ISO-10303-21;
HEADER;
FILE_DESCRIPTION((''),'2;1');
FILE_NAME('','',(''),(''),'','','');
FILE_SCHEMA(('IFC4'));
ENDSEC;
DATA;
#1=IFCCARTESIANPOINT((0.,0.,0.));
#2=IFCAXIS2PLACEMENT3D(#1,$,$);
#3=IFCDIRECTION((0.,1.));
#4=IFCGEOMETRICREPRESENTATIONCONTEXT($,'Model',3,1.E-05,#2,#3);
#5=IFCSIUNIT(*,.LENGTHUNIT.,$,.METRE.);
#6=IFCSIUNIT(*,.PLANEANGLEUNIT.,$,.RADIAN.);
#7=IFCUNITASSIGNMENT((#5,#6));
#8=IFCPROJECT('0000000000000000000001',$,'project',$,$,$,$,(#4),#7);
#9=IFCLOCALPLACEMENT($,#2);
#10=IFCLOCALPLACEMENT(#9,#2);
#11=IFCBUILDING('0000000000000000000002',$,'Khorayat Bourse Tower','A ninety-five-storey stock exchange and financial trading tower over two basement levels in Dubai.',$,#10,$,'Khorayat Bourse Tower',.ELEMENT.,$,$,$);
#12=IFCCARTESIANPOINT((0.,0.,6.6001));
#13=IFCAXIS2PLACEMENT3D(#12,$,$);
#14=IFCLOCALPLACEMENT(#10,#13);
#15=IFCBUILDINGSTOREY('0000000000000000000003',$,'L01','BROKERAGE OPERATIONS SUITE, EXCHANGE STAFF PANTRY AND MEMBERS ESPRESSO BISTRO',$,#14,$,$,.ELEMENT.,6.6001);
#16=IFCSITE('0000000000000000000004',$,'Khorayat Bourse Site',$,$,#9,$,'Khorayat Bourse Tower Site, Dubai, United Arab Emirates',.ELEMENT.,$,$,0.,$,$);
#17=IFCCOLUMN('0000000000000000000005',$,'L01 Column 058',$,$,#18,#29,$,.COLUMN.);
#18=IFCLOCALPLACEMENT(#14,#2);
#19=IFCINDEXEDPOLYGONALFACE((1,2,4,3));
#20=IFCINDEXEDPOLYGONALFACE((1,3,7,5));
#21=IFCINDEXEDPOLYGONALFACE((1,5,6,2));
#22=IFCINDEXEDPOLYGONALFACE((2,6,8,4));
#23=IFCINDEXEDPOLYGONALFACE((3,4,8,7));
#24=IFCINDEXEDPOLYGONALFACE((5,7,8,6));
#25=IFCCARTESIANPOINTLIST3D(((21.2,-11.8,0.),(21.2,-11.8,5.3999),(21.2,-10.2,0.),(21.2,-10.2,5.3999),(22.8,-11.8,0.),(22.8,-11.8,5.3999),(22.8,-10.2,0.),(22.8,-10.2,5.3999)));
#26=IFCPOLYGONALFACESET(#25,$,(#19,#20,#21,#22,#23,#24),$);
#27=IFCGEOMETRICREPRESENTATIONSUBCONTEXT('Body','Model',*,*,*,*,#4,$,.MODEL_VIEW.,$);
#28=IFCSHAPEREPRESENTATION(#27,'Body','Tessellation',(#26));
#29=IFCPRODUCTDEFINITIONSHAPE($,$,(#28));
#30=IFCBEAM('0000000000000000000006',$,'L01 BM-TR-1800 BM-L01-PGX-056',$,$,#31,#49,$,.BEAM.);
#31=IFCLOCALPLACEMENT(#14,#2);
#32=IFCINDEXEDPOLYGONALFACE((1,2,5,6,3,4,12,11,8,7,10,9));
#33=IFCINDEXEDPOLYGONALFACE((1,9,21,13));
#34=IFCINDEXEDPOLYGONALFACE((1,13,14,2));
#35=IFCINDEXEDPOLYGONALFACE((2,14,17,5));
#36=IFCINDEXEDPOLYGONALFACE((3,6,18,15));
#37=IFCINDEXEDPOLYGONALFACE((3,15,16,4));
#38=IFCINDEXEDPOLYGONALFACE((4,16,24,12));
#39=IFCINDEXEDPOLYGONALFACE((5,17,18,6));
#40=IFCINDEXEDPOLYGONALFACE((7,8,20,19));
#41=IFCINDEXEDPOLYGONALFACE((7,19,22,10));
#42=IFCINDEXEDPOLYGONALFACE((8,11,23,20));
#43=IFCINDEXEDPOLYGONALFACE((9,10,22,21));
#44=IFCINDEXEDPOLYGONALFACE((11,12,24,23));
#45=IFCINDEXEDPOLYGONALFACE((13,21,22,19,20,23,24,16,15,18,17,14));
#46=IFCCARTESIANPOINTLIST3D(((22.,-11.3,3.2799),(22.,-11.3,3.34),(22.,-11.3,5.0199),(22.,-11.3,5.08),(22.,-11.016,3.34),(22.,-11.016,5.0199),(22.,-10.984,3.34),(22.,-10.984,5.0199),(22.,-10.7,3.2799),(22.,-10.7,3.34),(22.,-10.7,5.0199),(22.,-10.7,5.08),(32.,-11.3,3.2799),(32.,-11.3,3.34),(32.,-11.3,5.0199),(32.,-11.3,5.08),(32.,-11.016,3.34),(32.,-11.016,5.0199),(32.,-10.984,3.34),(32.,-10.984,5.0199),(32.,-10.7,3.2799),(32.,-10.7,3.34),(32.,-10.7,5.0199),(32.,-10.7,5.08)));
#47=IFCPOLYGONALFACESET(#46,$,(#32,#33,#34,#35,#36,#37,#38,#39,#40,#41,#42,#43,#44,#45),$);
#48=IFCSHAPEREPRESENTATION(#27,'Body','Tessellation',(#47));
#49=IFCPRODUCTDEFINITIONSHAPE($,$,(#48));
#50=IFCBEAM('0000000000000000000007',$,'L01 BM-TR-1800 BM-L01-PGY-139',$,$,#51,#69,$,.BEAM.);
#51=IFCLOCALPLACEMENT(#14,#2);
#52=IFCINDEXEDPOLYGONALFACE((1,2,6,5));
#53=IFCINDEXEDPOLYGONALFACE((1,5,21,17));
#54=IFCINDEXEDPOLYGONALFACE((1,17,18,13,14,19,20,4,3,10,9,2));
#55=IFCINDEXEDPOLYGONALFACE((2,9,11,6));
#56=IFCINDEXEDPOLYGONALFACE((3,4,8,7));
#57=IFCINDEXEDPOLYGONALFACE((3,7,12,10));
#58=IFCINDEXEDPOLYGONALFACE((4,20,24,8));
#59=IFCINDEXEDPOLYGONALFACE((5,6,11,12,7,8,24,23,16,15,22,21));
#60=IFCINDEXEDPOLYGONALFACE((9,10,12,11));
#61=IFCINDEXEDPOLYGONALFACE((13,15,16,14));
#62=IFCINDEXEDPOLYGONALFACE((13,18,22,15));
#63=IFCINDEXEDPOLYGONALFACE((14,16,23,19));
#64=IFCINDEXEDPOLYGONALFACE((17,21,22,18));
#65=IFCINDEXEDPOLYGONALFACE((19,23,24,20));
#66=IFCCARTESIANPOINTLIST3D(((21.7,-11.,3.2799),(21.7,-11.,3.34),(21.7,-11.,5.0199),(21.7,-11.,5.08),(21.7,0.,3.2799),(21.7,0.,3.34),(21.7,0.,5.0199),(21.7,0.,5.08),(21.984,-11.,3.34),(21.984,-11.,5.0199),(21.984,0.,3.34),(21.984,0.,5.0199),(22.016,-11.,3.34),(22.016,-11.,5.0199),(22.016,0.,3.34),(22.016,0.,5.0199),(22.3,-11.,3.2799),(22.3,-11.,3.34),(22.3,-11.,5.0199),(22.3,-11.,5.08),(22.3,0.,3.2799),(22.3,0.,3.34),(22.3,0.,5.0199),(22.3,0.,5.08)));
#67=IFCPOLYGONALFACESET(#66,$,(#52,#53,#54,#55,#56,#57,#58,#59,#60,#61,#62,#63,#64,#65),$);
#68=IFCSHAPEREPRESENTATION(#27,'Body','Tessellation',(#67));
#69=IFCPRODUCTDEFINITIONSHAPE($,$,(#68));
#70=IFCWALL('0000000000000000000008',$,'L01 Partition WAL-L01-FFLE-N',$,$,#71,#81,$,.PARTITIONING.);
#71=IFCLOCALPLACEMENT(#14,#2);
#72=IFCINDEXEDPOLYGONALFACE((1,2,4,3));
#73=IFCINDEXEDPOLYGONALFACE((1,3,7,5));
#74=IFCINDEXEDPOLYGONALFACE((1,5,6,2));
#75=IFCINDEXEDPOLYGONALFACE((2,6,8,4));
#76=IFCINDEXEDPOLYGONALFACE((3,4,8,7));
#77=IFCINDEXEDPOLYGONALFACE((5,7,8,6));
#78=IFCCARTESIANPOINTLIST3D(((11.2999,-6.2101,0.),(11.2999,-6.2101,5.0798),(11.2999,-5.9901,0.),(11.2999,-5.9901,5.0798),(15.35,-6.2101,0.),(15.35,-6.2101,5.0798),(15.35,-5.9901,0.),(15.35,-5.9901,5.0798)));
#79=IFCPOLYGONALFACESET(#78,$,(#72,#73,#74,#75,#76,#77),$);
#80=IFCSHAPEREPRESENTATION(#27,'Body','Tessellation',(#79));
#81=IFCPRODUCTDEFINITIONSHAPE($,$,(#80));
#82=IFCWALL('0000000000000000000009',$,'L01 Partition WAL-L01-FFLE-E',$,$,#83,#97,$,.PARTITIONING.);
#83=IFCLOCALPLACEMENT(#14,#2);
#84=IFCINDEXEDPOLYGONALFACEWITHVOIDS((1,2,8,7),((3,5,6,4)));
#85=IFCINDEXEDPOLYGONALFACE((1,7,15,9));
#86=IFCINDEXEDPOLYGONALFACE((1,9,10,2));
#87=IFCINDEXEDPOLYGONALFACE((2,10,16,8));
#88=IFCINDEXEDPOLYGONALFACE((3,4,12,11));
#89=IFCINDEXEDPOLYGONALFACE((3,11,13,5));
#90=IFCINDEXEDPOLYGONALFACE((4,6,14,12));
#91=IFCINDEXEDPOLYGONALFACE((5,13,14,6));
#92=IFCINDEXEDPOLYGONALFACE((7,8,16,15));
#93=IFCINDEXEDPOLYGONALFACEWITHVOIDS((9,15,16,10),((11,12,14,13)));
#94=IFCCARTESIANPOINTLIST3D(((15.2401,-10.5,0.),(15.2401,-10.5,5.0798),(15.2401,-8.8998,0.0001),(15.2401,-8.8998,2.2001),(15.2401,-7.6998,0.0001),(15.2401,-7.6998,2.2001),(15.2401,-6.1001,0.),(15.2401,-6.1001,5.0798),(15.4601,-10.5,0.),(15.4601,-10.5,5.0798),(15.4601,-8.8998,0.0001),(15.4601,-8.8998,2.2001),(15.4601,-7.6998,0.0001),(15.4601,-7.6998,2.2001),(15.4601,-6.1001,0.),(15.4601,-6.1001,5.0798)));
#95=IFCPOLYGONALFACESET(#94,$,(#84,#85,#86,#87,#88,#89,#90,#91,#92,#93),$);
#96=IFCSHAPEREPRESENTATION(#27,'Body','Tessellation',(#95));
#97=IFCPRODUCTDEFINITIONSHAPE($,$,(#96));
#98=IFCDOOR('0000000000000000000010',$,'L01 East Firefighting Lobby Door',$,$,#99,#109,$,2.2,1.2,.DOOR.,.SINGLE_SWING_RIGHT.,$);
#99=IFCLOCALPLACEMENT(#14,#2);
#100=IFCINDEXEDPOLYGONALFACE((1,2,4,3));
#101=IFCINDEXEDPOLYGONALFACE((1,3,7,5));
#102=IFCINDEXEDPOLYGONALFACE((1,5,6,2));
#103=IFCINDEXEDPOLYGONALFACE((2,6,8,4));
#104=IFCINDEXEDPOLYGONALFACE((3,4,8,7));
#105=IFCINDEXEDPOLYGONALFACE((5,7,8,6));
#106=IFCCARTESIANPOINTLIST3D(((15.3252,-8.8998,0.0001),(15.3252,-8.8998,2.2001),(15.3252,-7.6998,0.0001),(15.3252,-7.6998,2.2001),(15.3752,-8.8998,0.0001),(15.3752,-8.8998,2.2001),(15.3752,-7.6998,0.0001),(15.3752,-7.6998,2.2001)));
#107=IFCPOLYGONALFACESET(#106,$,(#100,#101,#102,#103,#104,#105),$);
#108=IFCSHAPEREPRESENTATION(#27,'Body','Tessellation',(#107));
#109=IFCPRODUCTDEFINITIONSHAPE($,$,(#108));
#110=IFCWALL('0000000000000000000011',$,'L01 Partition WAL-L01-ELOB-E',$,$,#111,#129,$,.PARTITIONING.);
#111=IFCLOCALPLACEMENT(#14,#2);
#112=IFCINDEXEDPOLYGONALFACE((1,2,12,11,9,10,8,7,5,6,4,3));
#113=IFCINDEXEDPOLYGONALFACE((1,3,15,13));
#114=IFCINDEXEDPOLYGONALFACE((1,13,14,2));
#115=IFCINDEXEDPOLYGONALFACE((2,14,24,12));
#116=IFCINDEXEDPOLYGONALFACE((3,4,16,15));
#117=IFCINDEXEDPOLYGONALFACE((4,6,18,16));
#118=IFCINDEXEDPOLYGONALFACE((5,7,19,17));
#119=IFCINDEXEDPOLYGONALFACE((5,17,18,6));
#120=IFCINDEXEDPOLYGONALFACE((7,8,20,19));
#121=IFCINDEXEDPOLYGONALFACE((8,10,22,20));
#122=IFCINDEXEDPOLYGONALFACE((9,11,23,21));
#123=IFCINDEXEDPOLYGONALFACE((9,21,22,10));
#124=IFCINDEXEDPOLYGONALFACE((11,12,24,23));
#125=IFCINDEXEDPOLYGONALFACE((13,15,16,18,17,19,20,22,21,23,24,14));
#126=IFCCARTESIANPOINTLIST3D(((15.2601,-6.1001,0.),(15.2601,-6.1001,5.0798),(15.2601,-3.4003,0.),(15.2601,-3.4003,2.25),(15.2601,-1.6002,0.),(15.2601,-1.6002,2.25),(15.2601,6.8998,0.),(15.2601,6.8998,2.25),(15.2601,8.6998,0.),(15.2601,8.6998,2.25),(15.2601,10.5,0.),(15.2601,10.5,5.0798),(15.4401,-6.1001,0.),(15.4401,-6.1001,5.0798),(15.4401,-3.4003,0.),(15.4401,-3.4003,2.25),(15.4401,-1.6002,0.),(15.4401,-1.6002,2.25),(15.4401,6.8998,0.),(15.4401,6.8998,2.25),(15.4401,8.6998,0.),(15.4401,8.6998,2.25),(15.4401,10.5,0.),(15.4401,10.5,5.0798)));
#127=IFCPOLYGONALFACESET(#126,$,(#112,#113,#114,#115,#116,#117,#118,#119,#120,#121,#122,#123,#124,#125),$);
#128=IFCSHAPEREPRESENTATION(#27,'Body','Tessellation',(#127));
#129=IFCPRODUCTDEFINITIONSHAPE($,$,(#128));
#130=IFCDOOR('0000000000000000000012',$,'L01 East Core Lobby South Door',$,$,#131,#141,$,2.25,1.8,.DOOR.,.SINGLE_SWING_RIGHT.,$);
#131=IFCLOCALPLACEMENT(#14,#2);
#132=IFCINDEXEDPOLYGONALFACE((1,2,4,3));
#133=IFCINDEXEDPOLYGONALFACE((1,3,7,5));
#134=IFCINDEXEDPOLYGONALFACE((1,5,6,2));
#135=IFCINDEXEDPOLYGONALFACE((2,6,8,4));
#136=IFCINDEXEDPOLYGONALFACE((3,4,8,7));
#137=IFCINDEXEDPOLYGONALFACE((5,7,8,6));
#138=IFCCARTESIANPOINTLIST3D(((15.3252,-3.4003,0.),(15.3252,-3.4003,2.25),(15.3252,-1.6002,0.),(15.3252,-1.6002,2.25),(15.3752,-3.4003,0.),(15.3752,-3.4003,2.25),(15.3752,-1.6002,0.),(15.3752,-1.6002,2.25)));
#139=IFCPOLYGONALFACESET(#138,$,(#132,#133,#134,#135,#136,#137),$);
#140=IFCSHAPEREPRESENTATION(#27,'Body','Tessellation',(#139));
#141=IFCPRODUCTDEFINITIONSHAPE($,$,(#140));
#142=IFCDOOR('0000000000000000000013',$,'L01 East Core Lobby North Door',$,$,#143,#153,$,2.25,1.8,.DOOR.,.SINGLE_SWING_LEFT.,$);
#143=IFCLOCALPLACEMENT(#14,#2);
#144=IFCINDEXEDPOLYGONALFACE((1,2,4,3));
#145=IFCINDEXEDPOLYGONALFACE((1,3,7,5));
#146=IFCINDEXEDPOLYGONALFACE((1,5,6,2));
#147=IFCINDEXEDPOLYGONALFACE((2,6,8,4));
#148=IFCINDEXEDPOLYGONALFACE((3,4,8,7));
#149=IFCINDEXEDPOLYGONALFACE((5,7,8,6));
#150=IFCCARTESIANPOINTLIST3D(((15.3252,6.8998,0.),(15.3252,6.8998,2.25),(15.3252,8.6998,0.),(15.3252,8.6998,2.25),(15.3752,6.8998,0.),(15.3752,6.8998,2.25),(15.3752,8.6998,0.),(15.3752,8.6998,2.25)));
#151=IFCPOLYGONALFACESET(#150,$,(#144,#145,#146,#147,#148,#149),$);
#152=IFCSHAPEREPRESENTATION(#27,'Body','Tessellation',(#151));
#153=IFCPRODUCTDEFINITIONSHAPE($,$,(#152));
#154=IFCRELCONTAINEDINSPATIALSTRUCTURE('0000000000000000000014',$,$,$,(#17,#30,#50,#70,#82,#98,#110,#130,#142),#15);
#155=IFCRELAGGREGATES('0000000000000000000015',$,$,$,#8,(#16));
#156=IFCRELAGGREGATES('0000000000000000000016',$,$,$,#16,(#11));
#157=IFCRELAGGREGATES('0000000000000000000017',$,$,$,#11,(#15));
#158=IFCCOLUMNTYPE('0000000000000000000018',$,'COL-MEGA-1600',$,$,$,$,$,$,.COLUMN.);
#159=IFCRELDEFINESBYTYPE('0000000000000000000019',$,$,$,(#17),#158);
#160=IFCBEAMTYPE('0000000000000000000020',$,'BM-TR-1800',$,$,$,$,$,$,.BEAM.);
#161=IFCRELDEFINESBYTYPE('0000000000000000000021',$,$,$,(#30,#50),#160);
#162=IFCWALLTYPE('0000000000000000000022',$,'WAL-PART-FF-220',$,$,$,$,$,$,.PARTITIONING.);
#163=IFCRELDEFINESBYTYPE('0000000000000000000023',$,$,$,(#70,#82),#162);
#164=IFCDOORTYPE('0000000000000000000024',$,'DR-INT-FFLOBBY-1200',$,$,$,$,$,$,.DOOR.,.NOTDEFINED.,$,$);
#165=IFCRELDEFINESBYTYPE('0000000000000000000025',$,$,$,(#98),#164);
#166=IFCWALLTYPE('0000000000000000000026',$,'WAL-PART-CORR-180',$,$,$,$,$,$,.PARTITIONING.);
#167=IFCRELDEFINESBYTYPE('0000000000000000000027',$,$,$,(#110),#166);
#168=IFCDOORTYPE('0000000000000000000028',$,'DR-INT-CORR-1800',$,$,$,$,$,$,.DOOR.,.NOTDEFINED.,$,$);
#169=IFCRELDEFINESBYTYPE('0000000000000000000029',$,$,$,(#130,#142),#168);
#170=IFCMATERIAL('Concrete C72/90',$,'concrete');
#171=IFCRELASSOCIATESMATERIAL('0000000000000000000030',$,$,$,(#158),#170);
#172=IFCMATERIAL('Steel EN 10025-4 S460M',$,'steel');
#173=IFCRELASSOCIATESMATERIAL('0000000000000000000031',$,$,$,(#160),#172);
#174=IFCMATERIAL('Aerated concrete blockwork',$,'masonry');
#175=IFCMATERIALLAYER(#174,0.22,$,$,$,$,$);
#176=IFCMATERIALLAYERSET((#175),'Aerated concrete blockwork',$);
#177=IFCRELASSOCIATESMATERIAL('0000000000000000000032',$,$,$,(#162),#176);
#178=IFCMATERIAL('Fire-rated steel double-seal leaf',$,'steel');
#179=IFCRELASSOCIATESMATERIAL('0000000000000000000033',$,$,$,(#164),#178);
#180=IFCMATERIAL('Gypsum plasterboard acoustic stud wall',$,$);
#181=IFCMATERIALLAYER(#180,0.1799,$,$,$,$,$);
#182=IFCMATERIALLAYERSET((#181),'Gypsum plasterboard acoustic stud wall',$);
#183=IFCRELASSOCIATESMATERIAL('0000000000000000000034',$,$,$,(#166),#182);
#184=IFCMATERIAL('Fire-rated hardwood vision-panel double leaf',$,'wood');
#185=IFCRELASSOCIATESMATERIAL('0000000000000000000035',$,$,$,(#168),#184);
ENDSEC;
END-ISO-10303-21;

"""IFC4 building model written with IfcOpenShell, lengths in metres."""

from ifc_helpers import new_model, si_unit, direction, frame, frame_2d, origin, origin_2d, place, context, subcontext, project, spatial, rectangle, i_section, extrude, source, transform, mapped, material, layer, layer_set, material_profile, profile_set, type_object, element, fill, save


model = new_model("IFC4")

# Units and contexts
model_context = context("Model", 3, precision=1e-05, world=origin(), true_north=direction((0.0, 1.0)))
body_context = subcontext(model_context, "Body", "Model", "MODEL_VIEW")
ifc_project = project(units=[si_unit("LENGTHUNIT", "METRE"), si_unit("PLANEANGLEUNIT", "RADIAN")], contexts=[model_context])

# Site, building, storey
site_placement = place(None, origin())
site = spatial("IfcSite", under=ifc_project, at=site_placement, Name="Khorayat Bourse Site", LongName="Khorayat Bourse Tower Site, Dubai, United Arab Emirates", CompositionType="ELEMENT", RefElevation=0.0)
building_placement = place(site_placement, origin())
building = spatial("IfcBuilding", under=site, at=building_placement, Name="Khorayat Bourse Tower", Description="A ninety-five-storey stock exchange and financial trading tower over two basement levels in Dubai.", LongName="Khorayat Bourse Tower", CompositionType="ELEMENT")
storey_placement = place(building_placement, frame((0.0, 0.0, 6.6001)))
storey = spatial("IfcBuildingStorey", under=building, at=storey_placement, Name="L01", Description="BROKERAGE OPERATIONS SUITE, EXCHANGE STAFF PANTRY AND MEMBERS ESPRESSO BISTRO", CompositionType="ELEMENT", Elevation=6.6001)

# Column
ifc_material_1 = material(Name="Concrete C72/90", Category="concrete")
ifc_material_profile_1 = material_profile(ifc_material_1, rectangle(XDim=1.6001, YDim=1.6001, at=origin_2d()), Name="RC 1600x1600")
ifc_profile_set_1 = profile_set([ifc_material_profile_1], Name="Concrete C72/90")
column_type = type_object("IfcColumnType", Name="COL-MEGA-1600", PredefinedType="COLUMN", material=ifc_profile_set_1)
shared_shape_1 = source(origin(), body_context, "Body", "SweptSolid", [
    extrude(rectangle(XDim=1.6001, YDim=1.6001, at=origin_2d()), origin(), (0.0, 0.0, 1.0), 5.3999),
])
column_placement = place(storey_placement, frame((22.0, -11.0, 0.0), z_axis=(0.0, 0.0, 1.0), x_axis=(1.0, 0.0, 0.0)))
element("IfcColumn", 1, at=column_placement, inside=storey, type_object=column_type, Name="L01 Column 058", PredefinedType="COLUMN", context=body_context, shape_type="MappedRepresentation", body=[
    mapped(shared_shape_1, transform((0.0, 0.0, 0.0), scale=1.0)),
])

# Beams
ifc_material_2 = material(Name="Steel EN 10025-4 S460M", Category="steel")
ifc_material_profile_2 = material_profile(ifc_material_2, i_section(OverallWidth=0.6001, OverallDepth=1.8, WebThickness=0.032, FlangeThickness=0.0601, at=origin_2d()), Name="PG 1800x600x32x60")
ifc_profile_set_2 = profile_set([ifc_material_profile_2], Name="Steel EN 10025-4 S460M")
beam_type = type_object("IfcBeamType", Name="BM-TR-1800", PredefinedType="BEAM", material=ifc_profile_set_2)
shared_shape_2 = source(origin(), body_context, "Body", "SweptSolid", [
    extrude(i_section(OverallWidth=0.6001, OverallDepth=1.8, WebThickness=0.032, FlangeThickness=0.0601, at=origin_2d()), origin(), (0.0, 0.0, 1.0), 10.0),
])
beam_1_placement = place(storey_placement, frame((22.0, -11.0, 4.1799), z_axis=(1.0, 0.0, 0.0), x_axis=(0.0, 1.0, 0.0)))
element("IfcBeam", 2, at=beam_1_placement, inside=storey, type_object=beam_type, Name="L01 BM-TR-1800 BM-L01-PGX-056", PredefinedType="BEAM", context=body_context, shape_type="MappedRepresentation", body=[
    mapped(shared_shape_2, transform((0.0, 0.0, 0.0), scale=1.0)),
])
shared_shape_3 = source(origin(), body_context, "Body", "SweptSolid", [
    extrude(i_section(OverallWidth=0.6001, OverallDepth=1.8, WebThickness=0.032, FlangeThickness=0.0601, at=origin_2d()), origin(), (0.0, 0.0, 1.0), 11.0),
])
beam_2_placement = place(storey_placement, frame((22.0, -11.0, 4.1799), z_axis=(0.0, 1.0, 0.0), x_axis=(-1.0, 0.0, 0.0)))
element("IfcBeam", 3, at=beam_2_placement, inside=storey, type_object=beam_type, Name="L01 BM-TR-1800 BM-L01-PGY-139", PredefinedType="BEAM", context=body_context, shape_type="MappedRepresentation", body=[
    mapped(shared_shape_3, transform((0.0, 0.0, 0.0), scale=1.0)),
])

# Wall
ifc_material_3 = material(Name="Aerated concrete blockwork", Category="masonry")
ifc_layer_1 = layer(ifc_material_3, 0.22)
ifc_layer_set_1 = layer_set([ifc_layer_1], Name="Aerated concrete blockwork")
wall_type_1 = type_object("IfcWallType", Name="WAL-PART-FF-220", PredefinedType="PARTITIONING", material=ifc_layer_set_1)
shared_shape_4 = source(origin(), body_context, "Body", "SweptSolid", [
    extrude(rectangle(XDim=4.05, YDim=0.22, at=frame_2d((2.0249, 0.0))), origin(), (0.0, 0.0, 1.0), 5.0798),
])
wall_1_placement = place(storey_placement, frame((11.3, -6.1001, 0.0), z_axis=(0.0, 0.0, 1.0), x_axis=(1.0, 0.0, 0.0)))
element("IfcWall", 4, at=wall_1_placement, inside=storey, type_object=wall_type_1, Name="L01 Partition WAL-L01-FFLE-N", PredefinedType="PARTITIONING", context=body_context, shape_type="MappedRepresentation", body=[
    mapped(shared_shape_4, transform((0.0, 0.0, 0.0), scale=1.0)),
])

# Wall, opening, door
shared_shape_5 = source(origin(), body_context, "Body", "SweptSolid", [
    extrude(rectangle(XDim=4.3999, YDim=0.22, at=frame_2d((2.2, 0.0))), origin(), (0.0, 0.0, 1.0), 5.0798),
])
wall_2_placement = place(storey_placement, frame((15.3501, -10.5, 0.0), z_axis=(0.0, 0.0, 1.0), x_axis=(0.0, 1.0, 0.0)))
wall_2 = element("IfcWall", 5, at=wall_2_placement, inside=storey, type_object=wall_type_1, Name="L01 Partition WAL-L01-FFLE-E", PredefinedType="PARTITIONING", context=body_context, shape_type="MappedRepresentation", body=[
    mapped(shared_shape_5, transform((0.0, 0.0, 0.0), scale=1.0)),
])
shared_shape_6 = source(origin(), body_context, "Body", "SweptSolid", [
    extrude(rectangle(XDim=1.2, YDim=2.2, at=frame_2d((0.6001, 1.1001))), frame((0.0, 0.1199, 0.0), z_axis=(0.0, -1.0, 0.0), x_axis=(1.0, 0.0, 0.0)), (0.0, 0.0, 1.0), 0.24),
])
opening_1_placement = place(wall_2_placement, frame((1.6001, 0.0, 0.0)))
opening_1 = element("IfcOpeningElement", 6, at=opening_1_placement, cuts=wall_2, PredefinedType="OPENING", context=body_context, shape_type="MappedRepresentation", body=[
    mapped(shared_shape_6, transform((0.0, 0.0, 0.0), scale=1.0)),
])
ifc_material_4 = material(Name="Fire-rated steel double-seal leaf", Category="steel")
door_type_1 = type_object("IfcDoorType", Name="DR-INT-FFLOBBY-1200", OperationType="NOTDEFINED", PredefinedType="DOOR", material=ifc_material_4)
shared_shape_7 = source(origin(), body_context, "Body", "SweptSolid", [
    extrude(rectangle(XDim=1.2, YDim=2.2, at=frame_2d((0.6001, 1.1001))), frame((0.0, 0.0249, 0.0), z_axis=(0.0, -1.0, 0.0), x_axis=(1.0, 0.0, 0.0)), (0.0, 0.0, 1.0), 0.05),
])
door_1_placement = place(opening_1_placement, origin())
door_1 = element("IfcDoor", 7, at=door_1_placement, inside=storey, type_object=door_type_1, Name="L01 East Firefighting Lobby Door", OperationType="SINGLE_SWING_RIGHT", OverallHeight=2.2, OverallWidth=1.2, PredefinedType="DOOR", context=body_context, shape_type="MappedRepresentation", body=[
    mapped(shared_shape_7, transform((0.0, 0.0, 0.0), scale=1.0)),
])
fill(opening_1, door_1)

# Wall, openings, doors
ifc_material_5 = material(Name="Gypsum plasterboard acoustic stud wall")
ifc_layer_2 = layer(ifc_material_5, 0.1799)
ifc_layer_set_2 = layer_set([ifc_layer_2], Name="Gypsum plasterboard acoustic stud wall")
wall_type_2 = type_object("IfcWallType", Name="WAL-PART-CORR-180", PredefinedType="PARTITIONING", material=ifc_layer_set_2)
shared_shape_8 = source(origin(), body_context, "Body", "SweptSolid", [
    extrude(rectangle(XDim=16.6001, YDim=0.1799, at=frame_2d((8.3, 0.0))), origin(), (0.0, 0.0, 1.0), 5.0798),
])
wall_3_placement = place(storey_placement, frame((15.3501, -6.1001, 0.0), z_axis=(0.0, 0.0, 1.0), x_axis=(0.0, 1.0, 0.0)))
wall_3 = element("IfcWall", 8, at=wall_3_placement, inside=storey, type_object=wall_type_2, Name="L01 Partition WAL-L01-ELOB-E", PredefinedType="PARTITIONING", context=body_context, shape_type="MappedRepresentation", body=[
    mapped(shared_shape_8, transform((0.0, 0.0, 0.0), scale=1.0)),
])
shared_shape_9 = source(origin(), body_context, "Body", "SweptSolid", [
    extrude(rectangle(XDim=1.8, YDim=2.25, at=frame_2d((0.8999, 1.125))), frame((0.0, 0.0999, 0.0), z_axis=(0.0, -1.0, 0.0), x_axis=(1.0, 0.0, 0.0)), (0.0, 0.0, 1.0), 0.2),
])
opening_2_placement = place(wall_3_placement, frame((2.7, 0.0, 0.0)))
opening_2 = element("IfcOpeningElement", 9, at=opening_2_placement, cuts=wall_3, PredefinedType="OPENING", context=body_context, shape_type="MappedRepresentation", body=[
    mapped(shared_shape_9, transform((0.0, 0.0, 0.0), scale=1.0)),
])
opening_3_placement = place(wall_3_placement, frame((13.0, 0.0, 0.0)))
opening_3 = element("IfcOpeningElement", 10, at=opening_3_placement, cuts=wall_3, PredefinedType="OPENING", context=body_context, shape_type="MappedRepresentation", body=[
    mapped(shared_shape_9, transform((0.0, 0.0, 0.0), scale=1.0)),
])
ifc_material_6 = material(Name="Fire-rated hardwood vision-panel double leaf", Category="wood")
door_type_2 = type_object("IfcDoorType", Name="DR-INT-CORR-1800", OperationType="NOTDEFINED", PredefinedType="DOOR", material=ifc_material_6)
shared_shape_10 = source(origin(), body_context, "Body", "SweptSolid", [
    extrude(rectangle(XDim=1.8, YDim=2.25, at=frame_2d((0.8999, 1.125))), frame((0.0, 0.0249, 0.0), z_axis=(0.0, -1.0, 0.0), x_axis=(1.0, 0.0, 0.0)), (0.0, 0.0, 1.0), 0.05),
])
door_2_placement = place(opening_2_placement, origin())
door_2 = element("IfcDoor", 11, at=door_2_placement, inside=storey, type_object=door_type_2, Name="L01 East Core Lobby South Door", OperationType="SINGLE_SWING_RIGHT", OverallHeight=2.25, OverallWidth=1.8, PredefinedType="DOOR", context=body_context, shape_type="MappedRepresentation", body=[
    mapped(shared_shape_10, transform((0.0, 0.0, 0.0), scale=1.0)),
])
fill(opening_2, door_2)
door_3_placement = place(opening_3_placement, origin())
door_3 = element("IfcDoor", 12, at=door_3_placement, inside=storey, type_object=door_type_2, Name="L01 East Core Lobby North Door", OperationType="SINGLE_SWING_LEFT", OverallHeight=2.25, OverallWidth=1.8, PredefinedType="DOOR", context=body_context, shape_type="MappedRepresentation", body=[
    mapped(shared_shape_10, transform((0.0, 0.0, 0.0), scale=1.0)),
])
fill(opening_3, door_3)

save(model, "model.ifc")
